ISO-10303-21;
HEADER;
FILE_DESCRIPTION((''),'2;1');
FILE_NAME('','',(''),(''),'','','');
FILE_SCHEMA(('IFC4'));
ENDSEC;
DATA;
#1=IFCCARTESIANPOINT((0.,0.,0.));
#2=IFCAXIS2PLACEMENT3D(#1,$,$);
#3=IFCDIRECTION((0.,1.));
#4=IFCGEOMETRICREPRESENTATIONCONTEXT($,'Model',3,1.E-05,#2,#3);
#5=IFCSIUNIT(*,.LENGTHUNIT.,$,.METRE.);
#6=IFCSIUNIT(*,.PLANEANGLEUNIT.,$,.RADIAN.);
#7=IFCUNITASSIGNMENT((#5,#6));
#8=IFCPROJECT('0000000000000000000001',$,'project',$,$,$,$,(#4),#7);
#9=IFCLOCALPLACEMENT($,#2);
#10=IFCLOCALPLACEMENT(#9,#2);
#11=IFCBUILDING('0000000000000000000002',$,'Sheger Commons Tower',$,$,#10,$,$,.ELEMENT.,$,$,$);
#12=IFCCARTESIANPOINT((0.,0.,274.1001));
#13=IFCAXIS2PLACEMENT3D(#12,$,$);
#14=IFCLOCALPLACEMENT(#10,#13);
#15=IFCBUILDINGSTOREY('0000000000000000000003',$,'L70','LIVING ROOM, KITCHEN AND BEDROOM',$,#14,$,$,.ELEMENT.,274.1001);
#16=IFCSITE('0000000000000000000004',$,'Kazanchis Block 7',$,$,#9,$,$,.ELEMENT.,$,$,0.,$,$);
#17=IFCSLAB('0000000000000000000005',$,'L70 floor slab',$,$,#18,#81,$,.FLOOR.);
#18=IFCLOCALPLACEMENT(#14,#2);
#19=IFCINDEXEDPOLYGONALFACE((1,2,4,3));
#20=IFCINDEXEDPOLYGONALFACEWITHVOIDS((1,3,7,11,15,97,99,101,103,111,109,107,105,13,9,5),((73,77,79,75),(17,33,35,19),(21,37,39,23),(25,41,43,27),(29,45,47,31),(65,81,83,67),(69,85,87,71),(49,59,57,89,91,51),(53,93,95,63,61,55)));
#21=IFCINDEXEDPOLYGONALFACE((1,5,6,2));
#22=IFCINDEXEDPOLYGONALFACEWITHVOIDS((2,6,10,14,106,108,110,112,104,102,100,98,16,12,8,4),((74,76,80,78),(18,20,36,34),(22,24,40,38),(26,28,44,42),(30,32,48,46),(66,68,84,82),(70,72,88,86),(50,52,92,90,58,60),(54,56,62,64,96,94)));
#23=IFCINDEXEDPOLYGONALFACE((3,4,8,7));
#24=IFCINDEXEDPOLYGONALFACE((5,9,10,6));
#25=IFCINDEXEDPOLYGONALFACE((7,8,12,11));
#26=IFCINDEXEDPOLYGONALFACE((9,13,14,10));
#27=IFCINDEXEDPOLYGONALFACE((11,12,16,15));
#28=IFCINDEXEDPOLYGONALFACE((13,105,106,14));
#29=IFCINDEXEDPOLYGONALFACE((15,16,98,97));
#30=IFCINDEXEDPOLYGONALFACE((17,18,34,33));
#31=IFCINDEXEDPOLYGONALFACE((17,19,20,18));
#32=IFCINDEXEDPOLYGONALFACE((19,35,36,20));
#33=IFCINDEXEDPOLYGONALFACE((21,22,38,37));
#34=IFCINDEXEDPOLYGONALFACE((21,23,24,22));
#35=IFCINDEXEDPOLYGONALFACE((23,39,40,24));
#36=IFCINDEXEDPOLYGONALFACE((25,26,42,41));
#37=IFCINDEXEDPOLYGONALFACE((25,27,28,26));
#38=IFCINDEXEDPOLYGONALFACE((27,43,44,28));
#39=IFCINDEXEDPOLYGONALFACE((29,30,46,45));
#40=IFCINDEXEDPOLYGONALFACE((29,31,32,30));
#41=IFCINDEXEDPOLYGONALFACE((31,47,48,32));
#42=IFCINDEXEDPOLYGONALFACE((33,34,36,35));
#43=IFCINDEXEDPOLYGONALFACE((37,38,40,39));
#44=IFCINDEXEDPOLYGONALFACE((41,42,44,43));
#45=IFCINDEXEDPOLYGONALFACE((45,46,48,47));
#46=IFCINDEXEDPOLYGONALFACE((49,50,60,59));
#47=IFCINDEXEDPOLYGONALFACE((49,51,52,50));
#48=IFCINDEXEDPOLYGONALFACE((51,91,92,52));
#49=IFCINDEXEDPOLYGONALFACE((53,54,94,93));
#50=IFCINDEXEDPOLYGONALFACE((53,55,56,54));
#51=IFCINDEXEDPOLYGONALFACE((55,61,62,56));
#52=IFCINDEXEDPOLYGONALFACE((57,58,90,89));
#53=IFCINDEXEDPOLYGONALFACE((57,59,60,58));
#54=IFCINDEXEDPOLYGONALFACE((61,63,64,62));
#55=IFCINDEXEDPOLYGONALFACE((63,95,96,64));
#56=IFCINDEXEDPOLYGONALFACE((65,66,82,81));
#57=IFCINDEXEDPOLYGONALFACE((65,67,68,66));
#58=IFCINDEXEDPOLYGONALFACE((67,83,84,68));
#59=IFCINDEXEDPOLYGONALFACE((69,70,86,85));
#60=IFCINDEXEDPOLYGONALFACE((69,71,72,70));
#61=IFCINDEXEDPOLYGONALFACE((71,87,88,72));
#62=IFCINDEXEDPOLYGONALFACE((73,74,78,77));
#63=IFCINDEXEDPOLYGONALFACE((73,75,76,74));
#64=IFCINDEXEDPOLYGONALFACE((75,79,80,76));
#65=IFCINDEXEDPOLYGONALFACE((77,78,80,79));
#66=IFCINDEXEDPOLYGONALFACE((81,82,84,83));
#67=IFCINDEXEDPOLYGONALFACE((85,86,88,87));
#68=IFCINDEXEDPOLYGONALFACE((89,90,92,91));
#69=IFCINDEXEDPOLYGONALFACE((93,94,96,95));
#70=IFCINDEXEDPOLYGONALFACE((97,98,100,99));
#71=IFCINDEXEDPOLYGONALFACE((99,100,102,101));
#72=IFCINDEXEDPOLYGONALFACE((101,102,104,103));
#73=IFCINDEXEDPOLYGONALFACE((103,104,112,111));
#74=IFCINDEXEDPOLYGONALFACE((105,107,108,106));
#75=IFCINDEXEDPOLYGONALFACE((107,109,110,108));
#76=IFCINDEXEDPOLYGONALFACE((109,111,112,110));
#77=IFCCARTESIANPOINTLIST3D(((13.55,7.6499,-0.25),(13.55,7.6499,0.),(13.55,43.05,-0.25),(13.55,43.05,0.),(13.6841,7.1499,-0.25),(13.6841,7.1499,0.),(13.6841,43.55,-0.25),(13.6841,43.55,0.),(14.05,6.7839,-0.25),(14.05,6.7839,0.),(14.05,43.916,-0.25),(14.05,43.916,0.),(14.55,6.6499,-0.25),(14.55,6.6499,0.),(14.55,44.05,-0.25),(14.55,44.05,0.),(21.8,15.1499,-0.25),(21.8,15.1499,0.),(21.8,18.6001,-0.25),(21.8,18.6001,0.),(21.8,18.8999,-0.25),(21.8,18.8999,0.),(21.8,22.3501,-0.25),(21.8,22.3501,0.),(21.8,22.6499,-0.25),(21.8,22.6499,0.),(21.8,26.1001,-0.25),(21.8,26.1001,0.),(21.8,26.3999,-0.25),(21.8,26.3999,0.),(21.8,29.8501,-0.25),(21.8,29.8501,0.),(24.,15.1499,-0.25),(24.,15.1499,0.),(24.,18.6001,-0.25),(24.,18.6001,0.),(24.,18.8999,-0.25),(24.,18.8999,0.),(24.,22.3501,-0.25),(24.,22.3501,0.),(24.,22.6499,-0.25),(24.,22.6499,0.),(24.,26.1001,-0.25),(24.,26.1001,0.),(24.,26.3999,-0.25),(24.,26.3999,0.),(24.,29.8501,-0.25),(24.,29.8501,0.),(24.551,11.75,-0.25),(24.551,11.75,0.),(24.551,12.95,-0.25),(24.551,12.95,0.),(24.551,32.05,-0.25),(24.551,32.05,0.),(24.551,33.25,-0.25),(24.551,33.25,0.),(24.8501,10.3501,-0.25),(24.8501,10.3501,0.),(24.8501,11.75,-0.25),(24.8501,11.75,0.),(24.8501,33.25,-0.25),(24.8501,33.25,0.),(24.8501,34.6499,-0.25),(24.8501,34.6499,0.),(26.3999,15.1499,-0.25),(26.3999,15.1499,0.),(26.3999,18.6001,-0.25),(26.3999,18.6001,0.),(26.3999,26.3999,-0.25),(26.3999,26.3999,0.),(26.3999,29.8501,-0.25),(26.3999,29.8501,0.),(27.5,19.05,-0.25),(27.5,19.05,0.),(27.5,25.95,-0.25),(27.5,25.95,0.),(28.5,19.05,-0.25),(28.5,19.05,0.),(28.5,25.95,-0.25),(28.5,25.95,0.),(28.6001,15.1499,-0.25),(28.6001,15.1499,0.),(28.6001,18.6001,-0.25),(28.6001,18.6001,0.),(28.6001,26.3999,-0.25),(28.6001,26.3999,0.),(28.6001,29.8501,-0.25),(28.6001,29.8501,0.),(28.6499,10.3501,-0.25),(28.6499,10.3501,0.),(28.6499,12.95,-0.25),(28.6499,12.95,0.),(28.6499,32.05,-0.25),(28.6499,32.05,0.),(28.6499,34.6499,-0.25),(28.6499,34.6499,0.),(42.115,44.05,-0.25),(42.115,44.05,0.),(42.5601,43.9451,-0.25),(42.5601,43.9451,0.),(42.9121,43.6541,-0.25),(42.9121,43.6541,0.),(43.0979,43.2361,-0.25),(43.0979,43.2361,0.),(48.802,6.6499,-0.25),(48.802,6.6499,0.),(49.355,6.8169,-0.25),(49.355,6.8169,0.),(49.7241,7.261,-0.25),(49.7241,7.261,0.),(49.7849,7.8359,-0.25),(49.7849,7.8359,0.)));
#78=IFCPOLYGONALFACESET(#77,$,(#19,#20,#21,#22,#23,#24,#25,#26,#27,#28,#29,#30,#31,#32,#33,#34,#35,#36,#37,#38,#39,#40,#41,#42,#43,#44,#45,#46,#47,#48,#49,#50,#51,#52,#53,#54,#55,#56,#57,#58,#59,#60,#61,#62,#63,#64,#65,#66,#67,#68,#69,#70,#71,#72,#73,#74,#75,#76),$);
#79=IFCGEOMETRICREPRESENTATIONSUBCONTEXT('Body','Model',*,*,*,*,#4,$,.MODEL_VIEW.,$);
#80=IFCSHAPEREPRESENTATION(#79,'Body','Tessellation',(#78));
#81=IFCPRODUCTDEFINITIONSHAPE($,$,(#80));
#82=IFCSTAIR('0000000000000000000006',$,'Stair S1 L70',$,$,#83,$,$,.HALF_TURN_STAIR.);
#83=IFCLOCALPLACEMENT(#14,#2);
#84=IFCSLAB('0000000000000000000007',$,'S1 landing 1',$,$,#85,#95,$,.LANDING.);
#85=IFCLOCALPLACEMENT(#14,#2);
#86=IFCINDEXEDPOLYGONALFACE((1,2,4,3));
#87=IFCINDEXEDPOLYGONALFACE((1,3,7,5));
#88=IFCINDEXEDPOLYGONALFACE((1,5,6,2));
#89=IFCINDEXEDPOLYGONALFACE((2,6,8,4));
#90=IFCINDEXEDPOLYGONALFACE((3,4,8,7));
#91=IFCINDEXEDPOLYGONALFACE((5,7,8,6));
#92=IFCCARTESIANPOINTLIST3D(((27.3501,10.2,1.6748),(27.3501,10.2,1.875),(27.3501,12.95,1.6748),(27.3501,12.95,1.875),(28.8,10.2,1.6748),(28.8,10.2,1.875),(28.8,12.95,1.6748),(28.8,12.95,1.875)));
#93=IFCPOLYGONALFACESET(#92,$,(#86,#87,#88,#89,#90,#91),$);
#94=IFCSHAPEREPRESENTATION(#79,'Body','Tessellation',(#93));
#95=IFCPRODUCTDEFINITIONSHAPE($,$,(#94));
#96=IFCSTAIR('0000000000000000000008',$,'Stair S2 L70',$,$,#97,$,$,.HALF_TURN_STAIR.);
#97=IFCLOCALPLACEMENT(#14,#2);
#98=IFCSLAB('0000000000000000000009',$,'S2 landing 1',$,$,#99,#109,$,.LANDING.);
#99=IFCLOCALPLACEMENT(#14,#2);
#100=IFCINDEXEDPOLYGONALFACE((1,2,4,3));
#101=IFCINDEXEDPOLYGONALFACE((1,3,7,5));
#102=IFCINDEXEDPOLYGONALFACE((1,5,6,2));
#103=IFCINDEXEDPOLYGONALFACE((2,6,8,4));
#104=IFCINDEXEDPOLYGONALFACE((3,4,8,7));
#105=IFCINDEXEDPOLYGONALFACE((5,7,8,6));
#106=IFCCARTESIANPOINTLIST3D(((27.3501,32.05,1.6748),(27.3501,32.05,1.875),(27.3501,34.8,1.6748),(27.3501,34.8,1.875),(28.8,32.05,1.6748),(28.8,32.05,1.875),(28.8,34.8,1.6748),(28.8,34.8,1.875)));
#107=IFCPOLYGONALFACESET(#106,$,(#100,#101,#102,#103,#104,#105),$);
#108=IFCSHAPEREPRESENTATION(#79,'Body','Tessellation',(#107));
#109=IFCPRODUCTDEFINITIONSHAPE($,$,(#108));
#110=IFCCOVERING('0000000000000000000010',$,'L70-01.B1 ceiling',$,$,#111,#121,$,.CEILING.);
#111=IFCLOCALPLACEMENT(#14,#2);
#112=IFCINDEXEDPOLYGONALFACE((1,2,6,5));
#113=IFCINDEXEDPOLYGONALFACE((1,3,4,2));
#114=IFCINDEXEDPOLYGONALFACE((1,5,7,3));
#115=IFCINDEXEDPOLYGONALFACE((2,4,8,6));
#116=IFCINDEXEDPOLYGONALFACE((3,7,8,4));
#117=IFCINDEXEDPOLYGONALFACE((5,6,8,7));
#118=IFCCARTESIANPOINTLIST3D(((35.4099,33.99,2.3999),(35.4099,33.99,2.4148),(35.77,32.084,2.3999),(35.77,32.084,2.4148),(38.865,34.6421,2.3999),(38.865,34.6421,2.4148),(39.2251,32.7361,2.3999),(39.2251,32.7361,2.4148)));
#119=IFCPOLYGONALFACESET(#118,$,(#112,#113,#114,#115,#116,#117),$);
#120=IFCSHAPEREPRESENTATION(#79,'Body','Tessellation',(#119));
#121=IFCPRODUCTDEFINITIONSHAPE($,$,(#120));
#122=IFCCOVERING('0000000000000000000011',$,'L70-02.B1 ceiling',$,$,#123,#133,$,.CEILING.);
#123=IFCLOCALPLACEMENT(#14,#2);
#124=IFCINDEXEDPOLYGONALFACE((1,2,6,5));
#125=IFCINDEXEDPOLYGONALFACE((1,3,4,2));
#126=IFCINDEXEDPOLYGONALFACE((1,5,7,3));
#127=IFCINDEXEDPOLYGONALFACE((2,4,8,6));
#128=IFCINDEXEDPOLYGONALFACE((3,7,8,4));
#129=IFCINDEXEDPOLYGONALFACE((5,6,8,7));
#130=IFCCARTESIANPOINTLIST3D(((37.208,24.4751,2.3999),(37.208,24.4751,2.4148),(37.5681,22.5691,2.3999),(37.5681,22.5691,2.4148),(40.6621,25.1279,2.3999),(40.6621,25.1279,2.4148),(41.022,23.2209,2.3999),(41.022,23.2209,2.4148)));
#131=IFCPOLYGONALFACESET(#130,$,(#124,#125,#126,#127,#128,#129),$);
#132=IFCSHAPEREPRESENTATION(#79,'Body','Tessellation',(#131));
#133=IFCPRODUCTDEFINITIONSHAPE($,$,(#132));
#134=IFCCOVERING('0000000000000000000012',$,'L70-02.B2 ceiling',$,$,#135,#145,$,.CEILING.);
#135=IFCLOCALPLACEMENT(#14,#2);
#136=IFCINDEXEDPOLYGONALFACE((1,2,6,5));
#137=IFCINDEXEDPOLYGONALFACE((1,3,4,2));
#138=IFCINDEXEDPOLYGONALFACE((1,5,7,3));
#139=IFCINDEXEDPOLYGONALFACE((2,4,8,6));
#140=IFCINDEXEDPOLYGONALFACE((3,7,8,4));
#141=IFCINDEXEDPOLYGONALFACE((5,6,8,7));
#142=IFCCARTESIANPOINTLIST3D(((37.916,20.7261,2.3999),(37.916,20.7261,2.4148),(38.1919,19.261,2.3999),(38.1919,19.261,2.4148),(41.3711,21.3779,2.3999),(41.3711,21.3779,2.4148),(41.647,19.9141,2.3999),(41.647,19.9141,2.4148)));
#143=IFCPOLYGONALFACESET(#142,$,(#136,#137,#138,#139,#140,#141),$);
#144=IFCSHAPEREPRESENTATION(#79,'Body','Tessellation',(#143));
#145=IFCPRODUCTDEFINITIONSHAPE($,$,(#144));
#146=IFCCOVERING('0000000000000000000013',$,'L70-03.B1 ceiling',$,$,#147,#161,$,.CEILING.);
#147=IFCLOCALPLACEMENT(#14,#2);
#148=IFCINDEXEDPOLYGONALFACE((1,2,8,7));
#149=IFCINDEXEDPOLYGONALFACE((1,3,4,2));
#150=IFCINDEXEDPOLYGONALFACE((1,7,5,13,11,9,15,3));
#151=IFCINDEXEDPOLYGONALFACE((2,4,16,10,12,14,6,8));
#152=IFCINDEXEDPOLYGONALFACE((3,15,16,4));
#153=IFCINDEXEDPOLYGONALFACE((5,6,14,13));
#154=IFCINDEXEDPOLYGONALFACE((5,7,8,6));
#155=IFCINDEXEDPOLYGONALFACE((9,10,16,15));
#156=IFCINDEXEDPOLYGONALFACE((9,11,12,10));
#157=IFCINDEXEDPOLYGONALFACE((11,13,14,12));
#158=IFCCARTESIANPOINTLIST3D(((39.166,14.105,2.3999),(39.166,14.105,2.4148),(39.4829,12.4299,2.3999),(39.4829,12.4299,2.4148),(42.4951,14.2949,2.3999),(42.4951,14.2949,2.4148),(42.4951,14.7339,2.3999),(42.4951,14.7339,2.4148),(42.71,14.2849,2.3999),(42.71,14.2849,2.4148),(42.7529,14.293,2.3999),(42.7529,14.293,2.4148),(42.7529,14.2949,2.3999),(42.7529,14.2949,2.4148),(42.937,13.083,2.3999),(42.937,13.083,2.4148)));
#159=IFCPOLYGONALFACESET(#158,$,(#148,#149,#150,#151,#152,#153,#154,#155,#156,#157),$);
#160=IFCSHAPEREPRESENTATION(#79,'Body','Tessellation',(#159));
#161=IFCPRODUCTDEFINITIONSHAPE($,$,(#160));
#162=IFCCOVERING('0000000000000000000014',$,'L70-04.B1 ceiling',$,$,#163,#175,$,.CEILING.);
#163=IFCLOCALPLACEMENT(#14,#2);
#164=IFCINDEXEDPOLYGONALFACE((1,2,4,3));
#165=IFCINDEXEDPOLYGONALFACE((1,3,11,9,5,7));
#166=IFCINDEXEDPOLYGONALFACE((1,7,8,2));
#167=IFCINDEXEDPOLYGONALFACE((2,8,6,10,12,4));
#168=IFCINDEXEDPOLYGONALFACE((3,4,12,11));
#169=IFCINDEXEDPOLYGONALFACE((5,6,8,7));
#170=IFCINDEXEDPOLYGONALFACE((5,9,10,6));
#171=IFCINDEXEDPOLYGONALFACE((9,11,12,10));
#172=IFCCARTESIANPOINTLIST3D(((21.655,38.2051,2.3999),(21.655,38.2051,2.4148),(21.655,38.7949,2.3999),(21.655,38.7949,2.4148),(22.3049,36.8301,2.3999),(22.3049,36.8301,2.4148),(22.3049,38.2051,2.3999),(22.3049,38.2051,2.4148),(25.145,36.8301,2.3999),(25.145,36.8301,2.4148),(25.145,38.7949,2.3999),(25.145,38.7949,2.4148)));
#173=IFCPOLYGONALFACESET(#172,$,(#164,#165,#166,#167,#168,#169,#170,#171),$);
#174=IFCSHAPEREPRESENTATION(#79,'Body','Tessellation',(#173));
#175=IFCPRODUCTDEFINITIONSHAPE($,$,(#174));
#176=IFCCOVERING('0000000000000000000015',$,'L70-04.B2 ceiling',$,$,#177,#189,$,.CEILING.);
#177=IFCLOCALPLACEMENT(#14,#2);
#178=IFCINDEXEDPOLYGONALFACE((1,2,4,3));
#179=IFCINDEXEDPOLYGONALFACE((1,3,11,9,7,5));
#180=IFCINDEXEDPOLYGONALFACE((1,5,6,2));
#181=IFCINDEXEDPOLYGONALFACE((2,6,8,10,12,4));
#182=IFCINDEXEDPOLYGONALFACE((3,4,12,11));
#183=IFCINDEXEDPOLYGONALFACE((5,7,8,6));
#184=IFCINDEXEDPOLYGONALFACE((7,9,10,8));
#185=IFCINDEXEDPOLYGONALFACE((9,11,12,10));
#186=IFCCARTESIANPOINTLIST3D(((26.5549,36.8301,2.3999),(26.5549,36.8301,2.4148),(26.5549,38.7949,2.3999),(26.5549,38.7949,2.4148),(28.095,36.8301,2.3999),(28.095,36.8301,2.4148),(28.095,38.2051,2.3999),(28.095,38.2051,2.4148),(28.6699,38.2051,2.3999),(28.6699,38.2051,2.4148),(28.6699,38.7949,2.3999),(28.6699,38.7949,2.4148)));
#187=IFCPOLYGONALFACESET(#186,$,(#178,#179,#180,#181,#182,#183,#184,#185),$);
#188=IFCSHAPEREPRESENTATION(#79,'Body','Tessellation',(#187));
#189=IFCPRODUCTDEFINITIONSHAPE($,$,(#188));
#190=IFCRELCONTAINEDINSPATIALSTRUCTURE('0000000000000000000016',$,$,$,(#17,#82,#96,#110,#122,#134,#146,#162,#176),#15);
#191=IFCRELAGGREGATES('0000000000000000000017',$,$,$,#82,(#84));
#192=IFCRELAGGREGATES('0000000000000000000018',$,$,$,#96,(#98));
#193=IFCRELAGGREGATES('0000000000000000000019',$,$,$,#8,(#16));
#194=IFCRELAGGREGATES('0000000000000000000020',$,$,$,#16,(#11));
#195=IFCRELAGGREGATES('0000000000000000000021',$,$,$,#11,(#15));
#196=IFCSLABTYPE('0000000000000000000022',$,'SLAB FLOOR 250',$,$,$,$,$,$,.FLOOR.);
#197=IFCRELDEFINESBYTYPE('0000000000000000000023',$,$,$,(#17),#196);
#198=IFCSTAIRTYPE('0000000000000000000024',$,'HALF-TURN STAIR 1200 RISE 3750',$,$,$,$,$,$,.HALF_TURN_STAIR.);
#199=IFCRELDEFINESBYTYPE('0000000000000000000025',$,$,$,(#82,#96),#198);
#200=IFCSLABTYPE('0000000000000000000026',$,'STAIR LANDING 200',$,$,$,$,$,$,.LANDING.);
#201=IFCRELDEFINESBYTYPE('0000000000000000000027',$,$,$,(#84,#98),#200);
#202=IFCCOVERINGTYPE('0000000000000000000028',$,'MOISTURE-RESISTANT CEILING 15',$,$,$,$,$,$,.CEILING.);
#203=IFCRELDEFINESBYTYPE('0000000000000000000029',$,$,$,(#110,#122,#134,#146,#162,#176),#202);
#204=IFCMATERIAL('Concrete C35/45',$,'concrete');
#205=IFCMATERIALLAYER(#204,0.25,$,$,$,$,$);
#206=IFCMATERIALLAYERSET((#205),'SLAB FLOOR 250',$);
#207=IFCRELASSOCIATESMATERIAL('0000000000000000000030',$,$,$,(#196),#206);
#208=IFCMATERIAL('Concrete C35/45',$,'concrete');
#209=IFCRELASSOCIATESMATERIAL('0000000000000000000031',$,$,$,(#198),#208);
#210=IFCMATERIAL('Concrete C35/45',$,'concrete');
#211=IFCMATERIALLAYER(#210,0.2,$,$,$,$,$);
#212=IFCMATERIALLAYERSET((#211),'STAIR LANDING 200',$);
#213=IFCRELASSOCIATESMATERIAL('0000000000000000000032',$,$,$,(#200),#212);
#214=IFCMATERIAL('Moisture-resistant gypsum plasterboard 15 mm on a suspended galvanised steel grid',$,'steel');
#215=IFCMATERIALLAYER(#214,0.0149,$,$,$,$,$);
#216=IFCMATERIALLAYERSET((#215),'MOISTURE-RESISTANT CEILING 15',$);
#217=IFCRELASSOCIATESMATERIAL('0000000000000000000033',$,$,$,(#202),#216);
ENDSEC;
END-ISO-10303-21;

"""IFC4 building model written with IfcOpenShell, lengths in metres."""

from ifc_helpers import new_model, si_unit, direction, frame, origin, place, context, subcontext, project, spatial, polyline, outline, extrude, material, layer, layer_set, type_object, element, aggregate, save


model = new_model("IFC4")

# Units and contexts
model_context = context("Model", 3, precision=1e-05, world=origin(), true_north=direction((0.0, 1.0)))
body_context = subcontext(model_context, "Body", "Model", "MODEL_VIEW")
ifc_project = project(units=[si_unit("LENGTHUNIT", "METRE"), si_unit("PLANEANGLEUNIT", "RADIAN")], contexts=[model_context])

# Site, building, storey
site_placement = place(None, origin())
site = spatial("IfcSite", under=ifc_project, at=site_placement, Name="Kazanchis Block 7", CompositionType="ELEMENT", RefElevation=0.0)
building_placement = place(site_placement, origin())
building = spatial("IfcBuilding", under=site, at=building_placement, Name="Sheger Commons Tower", CompositionType="ELEMENT")
storey_placement = place(building_placement, frame((0.0, 0.0, 274.1001)))
storey = spatial("IfcBuildingStorey", under=building, at=storey_placement, Name="L70", Description="LIVING ROOM, KITCHEN AND BEDROOM", CompositionType="ELEMENT", Elevation=274.1001)

# Slab
ifc_material_1 = material(Name="Concrete C35/45", Category="concrete")
ifc_layer_1 = layer(ifc_material_1, 0.25)
ifc_layer_set_1 = layer_set([ifc_layer_1], Name="SLAB FLOOR 250")
slab_type_1 = type_object("IfcSlabType", Name="SLAB FLOOR 250", PredefinedType="FLOOR", material=ifc_layer_set_1)
slab_1_placement = place(storey_placement, frame((0.0, 0.0, -0.25)))
element("IfcSlab", 1, at=slab_1_placement, inside=storey, type_object=slab_type_1, Name="L70 floor slab", PredefinedType="FLOOR", context=body_context, shape_type="SweptSolid", body=[
    extrude(outline(polyline([(13.55, 7.6499), (13.6841, 7.1499), (14.05, 6.7839), (14.55, 6.6499), (48.802, 6.6499), (49.355, 6.8169), (49.7241, 7.261), (49.7849, 7.8359), (43.0979, 43.2361), (42.9121, 43.6541), (42.5601, 43.9451), (42.115, 44.05), (14.55, 44.05), (14.05, 43.916), (13.6841, 43.55), (13.55, 43.05), (13.55, 7.6499)]), holes=[polyline([(24.8501, 10.3501), (28.6499, 10.3501), (28.6499, 12.95), (24.551, 12.95), (24.551, 11.75), (24.8501, 11.75), (24.8501, 10.3501)]), polyline([(24.551, 32.05), (28.6499, 32.05), (28.6499, 34.6499), (24.8501, 34.6499), (24.8501, 33.25), (24.551, 33.25), (24.551, 32.05)]), polyline([(26.3999, 15.1499), (28.6001, 15.1499), (28.6001, 18.6001), (26.3999, 18.6001), (26.3999, 15.1499)]), polyline([(26.3999, 26.3999), (28.6001, 26.3999), (28.6001, 29.8501), (26.3999, 29.8501), (26.3999, 26.3999)]), polyline([(21.8, 15.1499), (24.0, 15.1499), (24.0, 18.6001), (21.8, 18.6001), (21.8, 15.1499)]), polyline([(21.8, 18.8999), (24.0, 18.8999), (24.0, 22.3501), (21.8, 22.3501), (21.8, 18.8999)]), polyline([(21.8, 22.6499), (24.0, 22.6499), (24.0, 26.1001), (21.8, 26.1001), (21.8, 22.6499)]), polyline([(21.8, 26.3999), (24.0, 26.3999), (24.0, 29.8501), (21.8, 29.8501), (21.8, 26.3999)]), polyline([(27.5, 19.05), (28.5, 19.05), (28.5, 25.95), (27.5, 25.95), (27.5, 19.05)])]), origin(), (0.0, 0.0, 1.0), 0.25),
])

# Stairs, slabs
ifc_material_2 = material(Name="Concrete C35/45", Category="concrete")
stair_type = type_object("IfcStairType", Name="HALF-TURN STAIR 1200 RISE 3750", PredefinedType="HALF_TURN_STAIR", material=ifc_material_2)
stair_1_placement = place(storey_placement, origin())
stair_1 = element("IfcStair", 2, at=stair_1_placement, inside=storey, type_object=stair_type, Name="Stair S1 L70", PredefinedType="HALF_TURN_STAIR")
ifc_material_3 = material(Name="Concrete C35/45", Category="concrete")
ifc_layer_2 = layer(ifc_material_3, 0.2)
ifc_layer_set_2 = layer_set([ifc_layer_2], Name="STAIR LANDING 200")
slab_type_2 = type_object("IfcSlabType", Name="STAIR LANDING 200", PredefinedType="LANDING", material=ifc_layer_set_2)
slab_2_placement = place(storey_placement, frame((0.0, 0.0, 1.6748)))
slab_2 = element("IfcSlab", 3, at=slab_2_placement, type_object=slab_type_2, Name="S1 landing 1", PredefinedType="LANDING", context=body_context, shape_type="SweptSolid", body=[
    extrude(outline(polyline([(27.3501, 10.2), (28.8, 10.2), (28.8, 12.95), (27.3501, 12.95), (27.3501, 10.2)])), origin(), (0.0, 0.0, 1.0), 0.2002),
])
aggregate(stair_1, [slab_2])
stair_2_placement = place(storey_placement, origin())
stair_2 = element("IfcStair", 4, at=stair_2_placement, inside=storey, type_object=stair_type, Name="Stair S2 L70", PredefinedType="HALF_TURN_STAIR")
slab_3_placement = place(storey_placement, frame((0.0, 0.0, 1.6748)))
slab_3 = element("IfcSlab", 5, at=slab_3_placement, type_object=slab_type_2, Name="S2 landing 1", PredefinedType="LANDING", context=body_context, shape_type="SweptSolid", body=[
    extrude(outline(polyline([(27.3501, 32.05), (28.8, 32.05), (28.8, 34.8), (27.3501, 34.8), (27.3501, 32.05)])), origin(), (0.0, 0.0, 1.0), 0.2002),
])
aggregate(stair_2, [slab_3])

# Coverings
ifc_material_4 = material(Name="Moisture-resistant gypsum plasterboard 15 mm on a suspended galvanised steel grid", Category="steel")
ifc_layer_3 = layer(ifc_material_4, 0.0149)
ifc_layer_set_3 = layer_set([ifc_layer_3], Name="MOISTURE-RESISTANT CEILING 15")
covering_type_1 = type_object("IfcCoveringType", Name="MOISTURE-RESISTANT CEILING 15", PredefinedType="CEILING", material=ifc_layer_set_3)
covering_1_placement = place(storey_placement, frame((0.0, 0.0, 2.3999)))
element("IfcCovering", 6, at=covering_1_placement, inside=storey, type_object=covering_type_1, Name="L70-01.B1 ceiling", PredefinedType="CEILING", context=body_context, shape_type="SweptSolid", body=[
    extrude(outline(polyline([(35.77, 32.084), (39.2251, 32.7361), (38.865, 34.6421), (35.4099, 33.99), (35.77, 32.084)])), origin(), (0.0, 0.0, 1.0), 0.0149),
])
covering_2_placement = place(storey_placement, frame((0.0, 0.0, 2.3999)))
element("IfcCovering", 7, at=covering_2_placement, inside=storey, type_object=covering_type_1, Name="L70-02.B1 ceiling", PredefinedType="CEILING", context=body_context, shape_type="SweptSolid", body=[
    extrude(outline(polyline([(37.5681, 22.5691), (41.022, 23.2209), (40.6621, 25.1279), (37.208, 24.4751), (37.5681, 22.5691)])), origin(), (0.0, 0.0, 1.0), 0.0149),
])
covering_3_placement = place(storey_placement, frame((0.0, 0.0, 2.3999)))
element("IfcCovering", 8, at=covering_3_placement, inside=storey, type_object=covering_type_1, Name="L70-02.B2 ceiling", PredefinedType="CEILING", context=body_context, shape_type="SweptSolid", body=[
    extrude(outline(polyline([(38.1919, 19.261), (41.647, 19.9141), (41.3711, 21.3779), (37.916, 20.7261), (38.1919, 19.261)])), origin(), (0.0, 0.0, 1.0), 0.0149),
])
covering_4_placement = place(storey_placement, frame((0.0, 0.0, 2.3999)))
element("IfcCovering", 9, at=covering_4_placement, inside=storey, type_object=covering_type_1, Name="L70-03.B1 ceiling", PredefinedType="CEILING", context=body_context, shape_type="SweptSolid", body=[
    extrude(outline(polyline([(39.4829, 12.4299), (42.937, 13.083), (42.71, 14.2849), (42.7529, 14.293), (42.7529, 14.2949), (42.4951, 14.2949), (42.4951, 14.7339), (39.166, 14.105), (39.4829, 12.4299)])), origin(), (0.0, 0.0, 1.0), 0.0149),
])
covering_5_placement = place(storey_placement, frame((0.0, 0.0, 2.3999)))
element("IfcCovering", 10, at=covering_5_placement, inside=storey, type_object=covering_type_1, Name="L70-04.B1 ceiling", PredefinedType="CEILING", context=body_context, shape_type="SweptSolid", body=[
    extrude(outline(polyline([(22.3049, 36.8301), (25.145, 36.8301), (25.145, 38.7949), (21.655, 38.7949), (21.655, 38.2051), (22.3049, 38.2051), (22.3049, 36.8301)])), origin(), (0.0, 0.0, 1.0), 0.0149),
])
covering_6_placement = place(storey_placement, frame((0.0, 0.0, 2.3999)))
element("IfcCovering", 11, at=covering_6_placement, inside=storey, type_object=covering_type_1, Name="L70-04.B2 ceiling", PredefinedType="CEILING", context=body_context, shape_type="SweptSolid", body=[
    extrude(outline(polyline([(26.5549, 36.8301), (28.095, 36.8301), (28.095, 38.2051), (28.6699, 38.2051), (28.6699, 38.7949), (26.5549, 38.7949), (26.5549, 36.8301)])), origin(), (0.0, 0.0, 1.0), 0.0149),
])

save(model, "model.ifc")
